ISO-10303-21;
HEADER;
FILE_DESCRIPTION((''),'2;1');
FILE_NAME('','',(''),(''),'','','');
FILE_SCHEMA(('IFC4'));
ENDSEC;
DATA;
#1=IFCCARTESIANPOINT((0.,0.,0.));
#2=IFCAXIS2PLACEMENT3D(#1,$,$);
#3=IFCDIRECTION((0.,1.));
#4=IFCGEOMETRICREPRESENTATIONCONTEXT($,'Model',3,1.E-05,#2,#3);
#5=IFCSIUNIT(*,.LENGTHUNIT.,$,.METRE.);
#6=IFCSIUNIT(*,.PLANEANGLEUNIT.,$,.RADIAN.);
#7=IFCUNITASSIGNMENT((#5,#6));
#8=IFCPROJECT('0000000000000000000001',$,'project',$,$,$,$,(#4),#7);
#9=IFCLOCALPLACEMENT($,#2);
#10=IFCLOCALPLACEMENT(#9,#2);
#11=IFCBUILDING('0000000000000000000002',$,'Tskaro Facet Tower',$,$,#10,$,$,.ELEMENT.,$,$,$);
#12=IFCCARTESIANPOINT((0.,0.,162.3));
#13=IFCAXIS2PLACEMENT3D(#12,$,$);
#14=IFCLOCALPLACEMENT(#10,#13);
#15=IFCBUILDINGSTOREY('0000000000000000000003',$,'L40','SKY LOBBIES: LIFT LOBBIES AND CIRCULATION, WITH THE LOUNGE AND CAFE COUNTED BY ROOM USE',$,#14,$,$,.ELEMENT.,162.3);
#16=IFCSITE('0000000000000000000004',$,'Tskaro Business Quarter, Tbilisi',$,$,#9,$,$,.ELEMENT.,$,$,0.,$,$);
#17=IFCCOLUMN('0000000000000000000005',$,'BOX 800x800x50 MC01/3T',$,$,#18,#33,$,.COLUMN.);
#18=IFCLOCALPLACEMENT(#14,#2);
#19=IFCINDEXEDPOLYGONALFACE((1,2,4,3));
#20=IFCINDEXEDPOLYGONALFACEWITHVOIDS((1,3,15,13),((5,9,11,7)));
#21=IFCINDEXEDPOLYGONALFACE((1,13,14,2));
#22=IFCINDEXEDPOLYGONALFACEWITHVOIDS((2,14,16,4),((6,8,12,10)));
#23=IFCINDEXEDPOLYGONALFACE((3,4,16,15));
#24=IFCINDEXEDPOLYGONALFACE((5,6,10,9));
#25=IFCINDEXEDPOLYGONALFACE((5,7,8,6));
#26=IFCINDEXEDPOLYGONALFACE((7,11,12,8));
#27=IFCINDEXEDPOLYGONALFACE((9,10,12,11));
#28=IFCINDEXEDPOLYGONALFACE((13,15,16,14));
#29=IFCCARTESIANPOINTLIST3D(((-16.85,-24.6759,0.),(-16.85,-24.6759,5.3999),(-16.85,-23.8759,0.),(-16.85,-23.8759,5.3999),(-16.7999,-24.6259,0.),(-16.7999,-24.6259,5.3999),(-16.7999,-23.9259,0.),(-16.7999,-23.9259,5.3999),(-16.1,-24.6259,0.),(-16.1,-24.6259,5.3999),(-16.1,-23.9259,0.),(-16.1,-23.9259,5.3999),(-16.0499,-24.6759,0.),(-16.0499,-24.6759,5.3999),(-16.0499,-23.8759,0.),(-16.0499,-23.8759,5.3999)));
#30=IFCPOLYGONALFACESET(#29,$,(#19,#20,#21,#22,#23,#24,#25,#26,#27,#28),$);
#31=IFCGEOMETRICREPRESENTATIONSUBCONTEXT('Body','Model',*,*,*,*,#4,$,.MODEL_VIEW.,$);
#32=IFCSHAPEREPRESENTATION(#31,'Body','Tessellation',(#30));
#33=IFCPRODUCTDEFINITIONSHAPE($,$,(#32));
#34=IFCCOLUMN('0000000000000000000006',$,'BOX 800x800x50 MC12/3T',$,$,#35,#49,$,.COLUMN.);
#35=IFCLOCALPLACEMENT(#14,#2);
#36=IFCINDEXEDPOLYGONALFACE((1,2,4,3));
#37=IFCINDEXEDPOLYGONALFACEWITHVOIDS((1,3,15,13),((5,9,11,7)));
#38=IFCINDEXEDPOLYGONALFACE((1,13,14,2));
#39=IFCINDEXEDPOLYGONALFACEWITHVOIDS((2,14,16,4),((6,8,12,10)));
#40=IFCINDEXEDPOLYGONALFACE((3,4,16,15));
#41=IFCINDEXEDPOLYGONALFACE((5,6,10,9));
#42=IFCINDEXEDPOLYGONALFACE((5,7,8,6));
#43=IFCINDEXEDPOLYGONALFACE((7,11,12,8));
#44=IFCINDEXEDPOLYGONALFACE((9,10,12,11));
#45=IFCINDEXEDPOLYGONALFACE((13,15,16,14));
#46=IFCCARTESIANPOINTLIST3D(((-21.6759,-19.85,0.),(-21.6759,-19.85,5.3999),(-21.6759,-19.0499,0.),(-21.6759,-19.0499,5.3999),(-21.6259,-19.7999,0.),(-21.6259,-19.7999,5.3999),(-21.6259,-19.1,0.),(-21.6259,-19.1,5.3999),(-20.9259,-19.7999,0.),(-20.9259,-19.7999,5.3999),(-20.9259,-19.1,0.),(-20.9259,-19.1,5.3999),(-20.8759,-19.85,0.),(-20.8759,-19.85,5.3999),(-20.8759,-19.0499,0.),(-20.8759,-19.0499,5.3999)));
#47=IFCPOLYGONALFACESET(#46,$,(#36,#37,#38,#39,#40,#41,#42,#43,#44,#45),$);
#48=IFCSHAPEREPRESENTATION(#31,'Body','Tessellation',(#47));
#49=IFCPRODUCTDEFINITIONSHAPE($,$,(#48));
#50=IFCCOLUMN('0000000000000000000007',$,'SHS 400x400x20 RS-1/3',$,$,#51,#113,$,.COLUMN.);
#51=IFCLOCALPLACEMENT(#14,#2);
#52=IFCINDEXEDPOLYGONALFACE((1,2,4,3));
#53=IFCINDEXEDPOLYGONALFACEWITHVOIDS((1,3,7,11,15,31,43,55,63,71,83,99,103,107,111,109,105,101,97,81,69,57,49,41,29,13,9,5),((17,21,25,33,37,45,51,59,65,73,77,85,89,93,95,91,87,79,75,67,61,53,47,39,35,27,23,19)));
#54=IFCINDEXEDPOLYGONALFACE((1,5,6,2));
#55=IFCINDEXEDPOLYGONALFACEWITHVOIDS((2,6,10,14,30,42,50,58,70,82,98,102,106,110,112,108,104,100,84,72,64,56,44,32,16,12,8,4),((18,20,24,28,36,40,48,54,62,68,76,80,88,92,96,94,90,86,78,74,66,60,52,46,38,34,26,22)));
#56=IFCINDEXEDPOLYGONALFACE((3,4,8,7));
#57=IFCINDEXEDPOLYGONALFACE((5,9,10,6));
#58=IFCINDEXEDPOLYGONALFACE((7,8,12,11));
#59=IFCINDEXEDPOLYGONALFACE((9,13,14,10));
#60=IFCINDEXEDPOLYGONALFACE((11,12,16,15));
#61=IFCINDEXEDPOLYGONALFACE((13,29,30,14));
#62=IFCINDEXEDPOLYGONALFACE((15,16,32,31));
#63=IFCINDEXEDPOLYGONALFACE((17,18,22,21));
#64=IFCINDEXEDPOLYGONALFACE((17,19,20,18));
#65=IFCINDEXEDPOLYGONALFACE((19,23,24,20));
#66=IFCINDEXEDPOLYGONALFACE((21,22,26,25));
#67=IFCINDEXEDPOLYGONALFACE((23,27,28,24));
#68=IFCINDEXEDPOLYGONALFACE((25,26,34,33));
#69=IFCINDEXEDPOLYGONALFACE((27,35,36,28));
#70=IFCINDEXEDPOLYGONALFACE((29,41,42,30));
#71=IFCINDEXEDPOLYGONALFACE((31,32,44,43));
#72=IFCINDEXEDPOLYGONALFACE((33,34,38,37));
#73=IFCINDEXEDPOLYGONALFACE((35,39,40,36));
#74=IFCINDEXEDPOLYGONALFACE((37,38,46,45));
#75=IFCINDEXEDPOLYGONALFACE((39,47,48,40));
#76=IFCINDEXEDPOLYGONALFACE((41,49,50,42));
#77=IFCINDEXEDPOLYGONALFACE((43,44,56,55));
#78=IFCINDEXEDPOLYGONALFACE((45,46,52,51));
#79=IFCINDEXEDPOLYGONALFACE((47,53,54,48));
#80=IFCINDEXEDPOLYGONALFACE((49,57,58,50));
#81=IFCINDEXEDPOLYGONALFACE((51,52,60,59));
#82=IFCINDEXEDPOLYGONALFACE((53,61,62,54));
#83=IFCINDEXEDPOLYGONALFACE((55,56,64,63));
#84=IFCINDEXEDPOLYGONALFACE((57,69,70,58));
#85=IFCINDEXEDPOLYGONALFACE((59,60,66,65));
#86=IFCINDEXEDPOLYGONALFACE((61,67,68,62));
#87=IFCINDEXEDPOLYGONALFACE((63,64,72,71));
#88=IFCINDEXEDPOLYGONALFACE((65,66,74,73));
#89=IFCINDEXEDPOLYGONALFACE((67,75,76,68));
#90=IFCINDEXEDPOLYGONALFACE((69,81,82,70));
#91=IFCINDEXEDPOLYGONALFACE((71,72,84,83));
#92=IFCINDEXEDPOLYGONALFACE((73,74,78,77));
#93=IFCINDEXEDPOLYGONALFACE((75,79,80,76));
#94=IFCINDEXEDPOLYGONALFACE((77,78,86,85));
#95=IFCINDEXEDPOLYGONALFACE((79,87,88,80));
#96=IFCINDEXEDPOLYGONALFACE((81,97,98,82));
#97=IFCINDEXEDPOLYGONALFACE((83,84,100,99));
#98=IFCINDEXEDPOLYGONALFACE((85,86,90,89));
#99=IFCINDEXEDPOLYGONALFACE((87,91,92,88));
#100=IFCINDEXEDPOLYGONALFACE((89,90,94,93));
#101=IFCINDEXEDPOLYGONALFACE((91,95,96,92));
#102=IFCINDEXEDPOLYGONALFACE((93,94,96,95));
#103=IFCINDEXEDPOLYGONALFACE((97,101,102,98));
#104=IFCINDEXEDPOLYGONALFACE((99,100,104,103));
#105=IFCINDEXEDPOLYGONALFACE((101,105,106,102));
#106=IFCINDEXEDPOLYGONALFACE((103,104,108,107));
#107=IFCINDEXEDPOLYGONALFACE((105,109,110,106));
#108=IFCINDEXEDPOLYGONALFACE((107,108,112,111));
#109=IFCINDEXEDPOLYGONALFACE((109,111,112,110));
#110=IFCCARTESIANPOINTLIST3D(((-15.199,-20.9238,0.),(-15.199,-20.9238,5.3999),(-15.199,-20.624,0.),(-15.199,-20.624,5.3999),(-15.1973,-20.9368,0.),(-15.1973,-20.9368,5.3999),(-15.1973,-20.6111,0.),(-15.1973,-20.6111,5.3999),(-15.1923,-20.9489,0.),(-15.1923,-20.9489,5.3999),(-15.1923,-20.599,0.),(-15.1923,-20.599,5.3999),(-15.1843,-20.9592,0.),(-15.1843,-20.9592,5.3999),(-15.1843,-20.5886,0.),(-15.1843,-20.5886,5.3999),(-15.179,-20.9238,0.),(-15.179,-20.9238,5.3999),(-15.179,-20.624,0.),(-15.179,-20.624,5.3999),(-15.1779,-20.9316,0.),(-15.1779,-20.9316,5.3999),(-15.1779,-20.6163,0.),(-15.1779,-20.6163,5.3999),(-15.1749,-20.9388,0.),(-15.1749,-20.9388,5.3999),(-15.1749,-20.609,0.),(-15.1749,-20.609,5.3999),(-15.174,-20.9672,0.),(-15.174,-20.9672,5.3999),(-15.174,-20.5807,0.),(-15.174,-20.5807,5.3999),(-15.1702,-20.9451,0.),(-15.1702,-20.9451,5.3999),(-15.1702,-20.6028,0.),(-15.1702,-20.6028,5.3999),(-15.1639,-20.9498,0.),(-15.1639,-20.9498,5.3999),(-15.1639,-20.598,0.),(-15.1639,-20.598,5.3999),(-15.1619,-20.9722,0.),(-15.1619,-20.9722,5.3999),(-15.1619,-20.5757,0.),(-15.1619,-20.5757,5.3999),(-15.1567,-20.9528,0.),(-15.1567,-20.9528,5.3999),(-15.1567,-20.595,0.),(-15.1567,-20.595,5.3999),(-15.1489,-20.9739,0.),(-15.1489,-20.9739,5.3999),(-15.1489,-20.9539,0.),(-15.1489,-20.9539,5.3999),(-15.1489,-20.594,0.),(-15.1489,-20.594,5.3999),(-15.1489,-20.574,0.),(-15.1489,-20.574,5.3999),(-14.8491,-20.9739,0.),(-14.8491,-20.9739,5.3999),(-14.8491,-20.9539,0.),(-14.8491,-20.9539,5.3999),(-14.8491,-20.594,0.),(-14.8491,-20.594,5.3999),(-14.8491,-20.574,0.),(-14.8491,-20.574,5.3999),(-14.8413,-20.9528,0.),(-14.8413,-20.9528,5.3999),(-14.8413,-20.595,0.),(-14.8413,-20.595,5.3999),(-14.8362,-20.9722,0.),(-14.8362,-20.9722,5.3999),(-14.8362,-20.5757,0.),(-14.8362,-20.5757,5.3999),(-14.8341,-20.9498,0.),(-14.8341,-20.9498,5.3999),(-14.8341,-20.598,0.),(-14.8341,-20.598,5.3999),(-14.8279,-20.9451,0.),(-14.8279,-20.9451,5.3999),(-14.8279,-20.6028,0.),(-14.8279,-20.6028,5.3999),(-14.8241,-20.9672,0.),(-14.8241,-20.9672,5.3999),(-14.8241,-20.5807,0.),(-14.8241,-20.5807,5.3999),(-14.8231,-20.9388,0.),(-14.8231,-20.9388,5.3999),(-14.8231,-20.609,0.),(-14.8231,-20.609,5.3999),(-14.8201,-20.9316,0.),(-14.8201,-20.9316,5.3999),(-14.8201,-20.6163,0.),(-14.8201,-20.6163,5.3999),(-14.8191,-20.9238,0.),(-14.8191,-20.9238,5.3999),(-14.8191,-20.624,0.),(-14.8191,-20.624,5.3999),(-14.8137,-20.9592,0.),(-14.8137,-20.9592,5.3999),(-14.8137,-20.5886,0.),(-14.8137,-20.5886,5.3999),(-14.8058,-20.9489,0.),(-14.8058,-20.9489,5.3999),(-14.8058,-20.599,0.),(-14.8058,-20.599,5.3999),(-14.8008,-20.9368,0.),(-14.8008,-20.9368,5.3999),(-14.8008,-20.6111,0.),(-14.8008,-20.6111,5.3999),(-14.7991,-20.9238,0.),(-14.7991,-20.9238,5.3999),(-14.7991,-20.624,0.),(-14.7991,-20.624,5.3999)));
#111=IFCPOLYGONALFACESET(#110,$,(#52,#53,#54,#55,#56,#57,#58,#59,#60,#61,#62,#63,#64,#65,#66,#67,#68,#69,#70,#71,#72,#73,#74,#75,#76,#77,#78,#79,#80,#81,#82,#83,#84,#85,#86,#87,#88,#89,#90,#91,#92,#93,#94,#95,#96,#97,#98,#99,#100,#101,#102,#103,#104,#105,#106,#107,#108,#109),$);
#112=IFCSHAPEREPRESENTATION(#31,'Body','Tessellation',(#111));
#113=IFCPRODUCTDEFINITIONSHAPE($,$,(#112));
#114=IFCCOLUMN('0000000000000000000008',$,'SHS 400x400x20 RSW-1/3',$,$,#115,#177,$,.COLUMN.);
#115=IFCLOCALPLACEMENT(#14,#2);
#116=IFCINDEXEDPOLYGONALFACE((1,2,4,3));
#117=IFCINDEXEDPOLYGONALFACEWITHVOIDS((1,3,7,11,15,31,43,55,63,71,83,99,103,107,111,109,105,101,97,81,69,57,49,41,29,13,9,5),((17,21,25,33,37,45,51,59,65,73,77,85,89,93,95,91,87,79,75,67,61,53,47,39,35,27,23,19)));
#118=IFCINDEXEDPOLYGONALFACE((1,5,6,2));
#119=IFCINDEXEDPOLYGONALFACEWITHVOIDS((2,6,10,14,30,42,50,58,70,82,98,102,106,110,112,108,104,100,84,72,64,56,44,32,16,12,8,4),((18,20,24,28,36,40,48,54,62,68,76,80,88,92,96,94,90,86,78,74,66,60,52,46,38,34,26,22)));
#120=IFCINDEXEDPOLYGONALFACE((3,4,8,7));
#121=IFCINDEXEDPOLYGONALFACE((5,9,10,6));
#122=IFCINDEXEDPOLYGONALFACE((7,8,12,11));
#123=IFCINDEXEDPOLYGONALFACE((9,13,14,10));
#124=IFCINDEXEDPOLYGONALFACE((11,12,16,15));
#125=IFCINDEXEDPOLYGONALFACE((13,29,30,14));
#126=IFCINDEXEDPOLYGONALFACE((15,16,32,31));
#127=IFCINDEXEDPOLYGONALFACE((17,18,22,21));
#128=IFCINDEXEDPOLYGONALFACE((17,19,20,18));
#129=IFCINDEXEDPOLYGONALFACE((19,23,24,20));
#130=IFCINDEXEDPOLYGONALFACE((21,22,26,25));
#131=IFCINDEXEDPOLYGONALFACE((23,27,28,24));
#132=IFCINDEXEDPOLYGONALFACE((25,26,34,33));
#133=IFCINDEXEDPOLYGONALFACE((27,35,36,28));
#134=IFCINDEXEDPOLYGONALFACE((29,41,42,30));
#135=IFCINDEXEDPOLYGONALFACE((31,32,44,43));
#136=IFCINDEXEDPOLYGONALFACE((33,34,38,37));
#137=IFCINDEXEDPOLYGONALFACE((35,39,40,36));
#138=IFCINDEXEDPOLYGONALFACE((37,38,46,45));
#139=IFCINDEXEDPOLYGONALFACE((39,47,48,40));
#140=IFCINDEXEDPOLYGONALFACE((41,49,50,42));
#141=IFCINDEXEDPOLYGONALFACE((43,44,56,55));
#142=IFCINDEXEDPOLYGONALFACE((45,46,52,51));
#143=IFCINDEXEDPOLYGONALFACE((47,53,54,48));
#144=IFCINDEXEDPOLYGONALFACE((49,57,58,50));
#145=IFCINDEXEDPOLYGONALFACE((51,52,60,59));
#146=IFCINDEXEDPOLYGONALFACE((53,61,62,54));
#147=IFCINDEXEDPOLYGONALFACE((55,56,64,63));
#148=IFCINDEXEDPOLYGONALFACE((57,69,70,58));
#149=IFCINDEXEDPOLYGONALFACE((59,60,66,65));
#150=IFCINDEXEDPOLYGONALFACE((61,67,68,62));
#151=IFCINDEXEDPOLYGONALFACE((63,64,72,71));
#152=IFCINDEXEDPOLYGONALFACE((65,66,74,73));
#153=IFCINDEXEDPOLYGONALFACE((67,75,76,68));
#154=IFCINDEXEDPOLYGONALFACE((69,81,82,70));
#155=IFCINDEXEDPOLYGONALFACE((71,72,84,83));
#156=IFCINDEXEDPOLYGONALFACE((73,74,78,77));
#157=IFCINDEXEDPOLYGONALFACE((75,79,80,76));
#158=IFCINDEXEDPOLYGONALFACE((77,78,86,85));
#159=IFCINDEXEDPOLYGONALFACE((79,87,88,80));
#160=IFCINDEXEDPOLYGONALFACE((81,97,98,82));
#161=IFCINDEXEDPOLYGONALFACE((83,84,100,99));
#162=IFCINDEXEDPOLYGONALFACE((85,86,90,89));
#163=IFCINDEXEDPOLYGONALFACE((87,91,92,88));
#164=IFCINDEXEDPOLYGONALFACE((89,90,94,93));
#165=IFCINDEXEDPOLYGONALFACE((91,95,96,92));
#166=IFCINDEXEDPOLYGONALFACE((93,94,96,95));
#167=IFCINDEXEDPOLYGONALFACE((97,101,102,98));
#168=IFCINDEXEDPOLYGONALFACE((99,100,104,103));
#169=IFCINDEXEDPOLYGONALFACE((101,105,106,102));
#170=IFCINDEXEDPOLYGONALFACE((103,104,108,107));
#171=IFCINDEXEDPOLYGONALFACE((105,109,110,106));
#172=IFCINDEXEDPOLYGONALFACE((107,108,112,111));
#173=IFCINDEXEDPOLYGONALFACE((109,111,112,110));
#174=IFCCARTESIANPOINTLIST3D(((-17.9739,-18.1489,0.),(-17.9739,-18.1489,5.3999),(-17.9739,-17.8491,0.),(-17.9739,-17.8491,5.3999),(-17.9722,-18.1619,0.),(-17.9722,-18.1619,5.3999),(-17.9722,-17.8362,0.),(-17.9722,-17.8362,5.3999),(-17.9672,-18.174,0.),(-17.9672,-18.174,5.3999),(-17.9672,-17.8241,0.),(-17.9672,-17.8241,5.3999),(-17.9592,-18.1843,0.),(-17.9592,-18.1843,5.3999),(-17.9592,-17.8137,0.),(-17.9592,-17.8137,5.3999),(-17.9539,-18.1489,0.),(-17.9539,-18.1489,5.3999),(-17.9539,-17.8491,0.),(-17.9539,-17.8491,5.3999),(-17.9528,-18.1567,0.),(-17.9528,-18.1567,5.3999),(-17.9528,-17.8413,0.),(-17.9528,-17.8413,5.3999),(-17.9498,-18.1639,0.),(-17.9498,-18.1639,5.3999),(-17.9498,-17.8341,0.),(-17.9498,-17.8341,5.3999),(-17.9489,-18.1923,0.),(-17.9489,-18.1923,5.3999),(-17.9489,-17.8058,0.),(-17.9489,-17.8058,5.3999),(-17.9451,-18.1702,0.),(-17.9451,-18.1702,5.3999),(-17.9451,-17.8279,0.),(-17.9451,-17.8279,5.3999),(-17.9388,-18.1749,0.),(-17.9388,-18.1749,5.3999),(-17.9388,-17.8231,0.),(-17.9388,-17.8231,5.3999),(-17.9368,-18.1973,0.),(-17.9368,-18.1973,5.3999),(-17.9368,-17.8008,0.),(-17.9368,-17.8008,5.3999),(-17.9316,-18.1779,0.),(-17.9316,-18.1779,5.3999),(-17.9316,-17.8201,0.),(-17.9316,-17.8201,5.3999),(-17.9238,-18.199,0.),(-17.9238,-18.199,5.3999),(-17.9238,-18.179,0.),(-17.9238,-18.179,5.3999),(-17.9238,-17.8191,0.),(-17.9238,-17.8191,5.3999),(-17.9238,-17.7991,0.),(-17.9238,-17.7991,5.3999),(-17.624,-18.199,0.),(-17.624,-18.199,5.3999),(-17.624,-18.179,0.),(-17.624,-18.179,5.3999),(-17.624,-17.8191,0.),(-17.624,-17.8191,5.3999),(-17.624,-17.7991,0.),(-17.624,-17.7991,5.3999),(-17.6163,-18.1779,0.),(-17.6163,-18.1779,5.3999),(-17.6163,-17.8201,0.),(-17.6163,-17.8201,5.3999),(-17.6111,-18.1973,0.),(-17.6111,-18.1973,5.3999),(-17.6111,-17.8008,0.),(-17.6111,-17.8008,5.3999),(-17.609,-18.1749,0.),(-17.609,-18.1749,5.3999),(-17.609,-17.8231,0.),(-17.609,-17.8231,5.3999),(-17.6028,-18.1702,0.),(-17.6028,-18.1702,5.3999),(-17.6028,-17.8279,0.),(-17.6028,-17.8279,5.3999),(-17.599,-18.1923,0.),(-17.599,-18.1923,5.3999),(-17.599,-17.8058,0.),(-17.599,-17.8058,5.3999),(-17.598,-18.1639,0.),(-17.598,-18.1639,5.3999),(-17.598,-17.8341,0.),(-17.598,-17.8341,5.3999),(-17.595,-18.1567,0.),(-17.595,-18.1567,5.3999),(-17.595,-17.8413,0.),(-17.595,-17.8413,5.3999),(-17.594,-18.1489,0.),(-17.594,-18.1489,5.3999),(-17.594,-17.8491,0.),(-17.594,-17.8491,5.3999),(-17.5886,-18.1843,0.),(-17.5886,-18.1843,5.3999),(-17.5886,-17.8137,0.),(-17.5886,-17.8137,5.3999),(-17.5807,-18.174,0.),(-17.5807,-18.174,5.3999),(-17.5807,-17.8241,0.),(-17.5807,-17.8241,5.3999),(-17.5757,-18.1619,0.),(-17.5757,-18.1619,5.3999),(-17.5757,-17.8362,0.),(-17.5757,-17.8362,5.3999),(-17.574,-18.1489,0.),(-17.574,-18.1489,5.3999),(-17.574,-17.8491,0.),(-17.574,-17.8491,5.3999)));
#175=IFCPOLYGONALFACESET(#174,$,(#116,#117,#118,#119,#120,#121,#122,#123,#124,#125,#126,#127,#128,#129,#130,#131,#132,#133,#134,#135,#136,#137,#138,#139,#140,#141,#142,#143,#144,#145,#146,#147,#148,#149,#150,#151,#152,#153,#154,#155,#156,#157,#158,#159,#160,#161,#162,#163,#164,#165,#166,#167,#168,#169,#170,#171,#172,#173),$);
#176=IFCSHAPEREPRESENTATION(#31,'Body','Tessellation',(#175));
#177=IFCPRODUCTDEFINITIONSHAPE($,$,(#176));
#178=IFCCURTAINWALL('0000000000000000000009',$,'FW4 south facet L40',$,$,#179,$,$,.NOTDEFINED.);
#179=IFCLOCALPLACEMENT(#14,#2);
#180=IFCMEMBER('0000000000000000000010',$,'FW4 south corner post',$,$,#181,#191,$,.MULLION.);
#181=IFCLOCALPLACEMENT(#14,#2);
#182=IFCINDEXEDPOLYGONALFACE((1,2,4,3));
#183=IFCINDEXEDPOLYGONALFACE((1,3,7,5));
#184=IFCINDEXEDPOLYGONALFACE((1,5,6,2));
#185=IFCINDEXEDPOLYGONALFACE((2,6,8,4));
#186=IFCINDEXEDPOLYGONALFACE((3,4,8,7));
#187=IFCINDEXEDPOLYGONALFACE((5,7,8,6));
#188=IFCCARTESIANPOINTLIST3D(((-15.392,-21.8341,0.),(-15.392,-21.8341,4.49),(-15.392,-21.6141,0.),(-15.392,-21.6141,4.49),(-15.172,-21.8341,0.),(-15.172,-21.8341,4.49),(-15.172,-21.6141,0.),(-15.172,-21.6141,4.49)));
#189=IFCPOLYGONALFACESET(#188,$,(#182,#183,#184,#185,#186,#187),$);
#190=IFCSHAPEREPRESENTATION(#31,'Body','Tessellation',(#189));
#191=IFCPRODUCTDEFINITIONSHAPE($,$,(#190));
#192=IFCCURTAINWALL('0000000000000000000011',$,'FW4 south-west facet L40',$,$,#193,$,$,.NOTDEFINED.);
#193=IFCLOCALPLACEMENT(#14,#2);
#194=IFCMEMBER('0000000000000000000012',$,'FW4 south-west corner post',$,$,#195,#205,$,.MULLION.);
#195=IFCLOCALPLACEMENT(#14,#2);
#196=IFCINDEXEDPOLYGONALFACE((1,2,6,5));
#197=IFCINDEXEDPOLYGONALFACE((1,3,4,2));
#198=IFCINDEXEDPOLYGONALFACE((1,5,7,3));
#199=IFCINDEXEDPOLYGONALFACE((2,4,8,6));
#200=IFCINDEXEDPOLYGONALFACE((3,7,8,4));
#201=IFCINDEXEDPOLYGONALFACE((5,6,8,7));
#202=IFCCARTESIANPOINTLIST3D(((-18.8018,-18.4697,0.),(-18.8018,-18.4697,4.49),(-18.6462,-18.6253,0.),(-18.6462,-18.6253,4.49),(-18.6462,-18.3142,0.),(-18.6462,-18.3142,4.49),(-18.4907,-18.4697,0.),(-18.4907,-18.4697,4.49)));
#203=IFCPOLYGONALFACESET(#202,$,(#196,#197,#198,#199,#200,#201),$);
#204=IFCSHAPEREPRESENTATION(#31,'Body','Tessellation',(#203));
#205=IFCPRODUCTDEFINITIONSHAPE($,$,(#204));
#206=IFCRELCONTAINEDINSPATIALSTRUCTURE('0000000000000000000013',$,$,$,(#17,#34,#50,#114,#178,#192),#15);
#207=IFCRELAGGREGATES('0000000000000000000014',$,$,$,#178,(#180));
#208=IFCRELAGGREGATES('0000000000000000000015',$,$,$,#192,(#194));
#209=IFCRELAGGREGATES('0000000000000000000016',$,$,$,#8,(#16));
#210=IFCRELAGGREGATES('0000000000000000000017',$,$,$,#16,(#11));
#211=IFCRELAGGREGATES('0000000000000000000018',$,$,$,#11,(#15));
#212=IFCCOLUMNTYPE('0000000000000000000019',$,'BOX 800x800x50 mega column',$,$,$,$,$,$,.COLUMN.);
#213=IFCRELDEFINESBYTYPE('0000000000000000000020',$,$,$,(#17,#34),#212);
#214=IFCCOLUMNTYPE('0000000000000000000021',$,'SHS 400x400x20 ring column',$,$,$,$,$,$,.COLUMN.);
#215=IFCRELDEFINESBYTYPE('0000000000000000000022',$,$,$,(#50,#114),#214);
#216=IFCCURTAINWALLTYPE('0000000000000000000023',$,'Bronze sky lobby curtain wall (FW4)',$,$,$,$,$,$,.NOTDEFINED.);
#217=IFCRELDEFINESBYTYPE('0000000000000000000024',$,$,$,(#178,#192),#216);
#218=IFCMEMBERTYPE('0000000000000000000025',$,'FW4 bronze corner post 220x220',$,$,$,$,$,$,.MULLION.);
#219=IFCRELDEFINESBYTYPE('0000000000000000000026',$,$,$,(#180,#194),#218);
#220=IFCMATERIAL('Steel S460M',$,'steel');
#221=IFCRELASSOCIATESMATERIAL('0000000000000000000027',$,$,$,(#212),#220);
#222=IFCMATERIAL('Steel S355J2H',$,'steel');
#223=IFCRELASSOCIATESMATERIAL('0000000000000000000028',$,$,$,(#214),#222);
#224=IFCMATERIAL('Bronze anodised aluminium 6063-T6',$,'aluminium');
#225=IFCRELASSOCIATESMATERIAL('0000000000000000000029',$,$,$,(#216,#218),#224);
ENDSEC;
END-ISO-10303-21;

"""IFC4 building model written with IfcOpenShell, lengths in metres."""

from ifc_helpers import new_model, si_unit, direction, frame, origin, origin_2d, place, context, subcontext, project, spatial, rectangle, hollow_rectangle, extrude, material, material_profile, profile_set, type_object, element, aggregate, save


model = new_model("IFC4")

# Units and contexts
model_context = context("Model", 3, precision=1e-05, world=origin(), true_north=direction((0.0, 1.0)))
body_context = subcontext(model_context, "Body", "Model", "MODEL_VIEW")
ifc_project = project(units=[si_unit("LENGTHUNIT", "METRE"), si_unit("PLANEANGLEUNIT", "RADIAN")], contexts=[model_context])

# Site, building, storey
site_placement = place(None, origin())
site = spatial("IfcSite", under=ifc_project, at=site_placement, Name="Tskaro Business Quarter, Tbilisi", CompositionType="ELEMENT", RefElevation=0.0)
building_placement = place(site_placement, origin())
building = spatial("IfcBuilding", under=site, at=building_placement, Name="Tskaro Facet Tower", CompositionType="ELEMENT")
storey_placement = place(building_placement, frame((0.0, 0.0, 162.3)))
storey = spatial("IfcBuildingStorey", under=building, at=storey_placement, Name="L40", Description="SKY LOBBIES: LIFT LOBBIES AND CIRCULATION, WITH THE LOUNGE AND CAFE COUNTED BY ROOM USE", CompositionType="ELEMENT", Elevation=162.3)

# Columns
ifc_material_1 = material(Name="Steel S460M", Category="steel")
ifc_material_profile_1 = material_profile(ifc_material_1, hollow_rectangle(XDim=0.8, YDim=0.8, WallThickness=0.05, at=origin_2d()), Name="BOX 800x800x50")
ifc_profile_set_1 = profile_set([ifc_material_profile_1], Name="Steel S460M")
column_type_1 = type_object("IfcColumnType", Name="BOX 800x800x50 mega column", PredefinedType="COLUMN", material=ifc_profile_set_1)
for number, where, z_axis, x_axis, name in (
    (1, (-16.45, -24.2759, 0.0), (0.0, 0.0, 1.0), (1.0, 0.0, 0.0), "BOX 800x800x50 MC01/3T"),
    (2, (-21.2759, -19.45, 0.0), (0.0, 0.0, 1.0), (1.0, 0.0, 0.0), "BOX 800x800x50 MC12/3T"),
):
    element("IfcColumn", number, at=place(storey_placement, frame(where, z_axis=z_axis, x_axis=x_axis)), inside=storey, type_object=column_type_1, Name=name, PredefinedType="COLUMN", context=body_context, shape_type="SweptSolid", body=[
        extrude(hollow_rectangle(XDim=0.8, YDim=0.8, WallThickness=0.05, at=origin_2d()), origin(), (0.0, 0.0, 1.0), 5.3999),
    ])
ifc_material_2 = material(Name="Steel S355J2H", Category="steel")
ifc_material_profile_2 = material_profile(ifc_material_2, hollow_rectangle(XDim=0.3999, YDim=0.3999, WallThickness=0.02, InnerFilletRadius=0.03, OuterFilletRadius=0.05, at=origin_2d()), Name="SHS 400x400x20")
ifc_profile_set_2 = profile_set([ifc_material_profile_2], Name="Steel S355J2H")
column_type_2 = type_object("IfcColumnType", Name="SHS 400x400x20 ring column", PredefinedType="COLUMN", material=ifc_profile_set_2)
for number, where, z_axis, x_axis, name in (
    (3, (-14.999, -20.7739, 0.0), (0.0, 0.0, 1.0), (1.0, 0.0, 0.0), "SHS 400x400x20 RS-1/3"),
    (4, (-17.7739, -17.999, 0.0), (0.0, 0.0, 1.0), (1.0, 0.0, 0.0), "SHS 400x400x20 RSW-1/3"),
):
    element("IfcColumn", number, at=place(storey_placement, frame(where, z_axis=z_axis, x_axis=x_axis)), inside=storey, type_object=column_type_2, Name=name, PredefinedType="COLUMN", context=body_context, shape_type="SweptSolid", body=[
        extrude(hollow_rectangle(XDim=0.3999, YDim=0.3999, WallThickness=0.02, InnerFilletRadius=0.03, OuterFilletRadius=0.05, at=origin_2d()), origin(), (0.0, 0.0, 1.0), 5.3999),
    ])

# Curtain walls, members
ifc_material_3 = material(Name="Bronze anodised aluminium 6063-T6", Category="aluminium")
curtain_wall_type = type_object("IfcCurtainWallType", Name="Bronze sky lobby curtain wall (FW4)", PredefinedType="NOTDEFINED", material=ifc_material_3)
curtain_wall_1_placement = place(storey_placement, origin())
curtain_wall_1 = element("IfcCurtainWall", 5, at=curtain_wall_1_placement, inside=storey, type_object=curtain_wall_type, Name="FW4 south facet L40", PredefinedType="NOTDEFINED")
ifc_material_profile_3 = material_profile(ifc_material_3, rectangle(XDim=0.22, YDim=0.22, at=origin_2d()), Name="Corner post 220x220")
ifc_profile_set_3 = profile_set([ifc_material_profile_3], Name="Bronze anodised aluminium 6063-T6")
member_type_1 = type_object("IfcMemberType", Name="FW4 bronze corner post 220x220", PredefinedType="MULLION", material=ifc_profile_set_3)
member_1_placement = place(storey_placement, frame((-15.282, -21.7241, 0.0), z_axis=(0.0, 0.0, 1.0), x_axis=(1.0, 0.0, 0.0)))
member_1 = element("IfcMember", 6, at=member_1_placement, type_object=member_type_1, Name="FW4 south corner post", PredefinedType="MULLION", context=body_context, shape_type="SweptSolid", body=[
    extrude(rectangle(XDim=0.22, YDim=0.22, at=origin_2d()), origin(), (0.0, 0.0, 1.0), 4.49),
])
curtain_wall_2_placement = place(storey_placement, origin())
curtain_wall_2 = element("IfcCurtainWall", 7, at=curtain_wall_2_placement, inside=storey, type_object=curtain_wall_type, Name="FW4 south-west facet L40", PredefinedType="NOTDEFINED")
member_2_placement = place(storey_placement, frame((-18.6462, -18.4697, 0.0), z_axis=(0.0, 0.0, 1.0), x_axis=(0.707107, -0.707107, 0.0)))
member_2 = element("IfcMember", 8, at=member_2_placement, type_object=member_type_1, Name="FW4 south-west corner post", PredefinedType="MULLION", context=body_context, shape_type="SweptSolid", body=[
    extrude(rectangle(XDim=0.22, YDim=0.22, at=origin_2d()), origin(), (0.0, 0.0, 1.0), 4.49),
])

aggregate(curtain_wall_1, [member_1])

aggregate(curtain_wall_2, [member_2])

save(model, "model.ifc")
